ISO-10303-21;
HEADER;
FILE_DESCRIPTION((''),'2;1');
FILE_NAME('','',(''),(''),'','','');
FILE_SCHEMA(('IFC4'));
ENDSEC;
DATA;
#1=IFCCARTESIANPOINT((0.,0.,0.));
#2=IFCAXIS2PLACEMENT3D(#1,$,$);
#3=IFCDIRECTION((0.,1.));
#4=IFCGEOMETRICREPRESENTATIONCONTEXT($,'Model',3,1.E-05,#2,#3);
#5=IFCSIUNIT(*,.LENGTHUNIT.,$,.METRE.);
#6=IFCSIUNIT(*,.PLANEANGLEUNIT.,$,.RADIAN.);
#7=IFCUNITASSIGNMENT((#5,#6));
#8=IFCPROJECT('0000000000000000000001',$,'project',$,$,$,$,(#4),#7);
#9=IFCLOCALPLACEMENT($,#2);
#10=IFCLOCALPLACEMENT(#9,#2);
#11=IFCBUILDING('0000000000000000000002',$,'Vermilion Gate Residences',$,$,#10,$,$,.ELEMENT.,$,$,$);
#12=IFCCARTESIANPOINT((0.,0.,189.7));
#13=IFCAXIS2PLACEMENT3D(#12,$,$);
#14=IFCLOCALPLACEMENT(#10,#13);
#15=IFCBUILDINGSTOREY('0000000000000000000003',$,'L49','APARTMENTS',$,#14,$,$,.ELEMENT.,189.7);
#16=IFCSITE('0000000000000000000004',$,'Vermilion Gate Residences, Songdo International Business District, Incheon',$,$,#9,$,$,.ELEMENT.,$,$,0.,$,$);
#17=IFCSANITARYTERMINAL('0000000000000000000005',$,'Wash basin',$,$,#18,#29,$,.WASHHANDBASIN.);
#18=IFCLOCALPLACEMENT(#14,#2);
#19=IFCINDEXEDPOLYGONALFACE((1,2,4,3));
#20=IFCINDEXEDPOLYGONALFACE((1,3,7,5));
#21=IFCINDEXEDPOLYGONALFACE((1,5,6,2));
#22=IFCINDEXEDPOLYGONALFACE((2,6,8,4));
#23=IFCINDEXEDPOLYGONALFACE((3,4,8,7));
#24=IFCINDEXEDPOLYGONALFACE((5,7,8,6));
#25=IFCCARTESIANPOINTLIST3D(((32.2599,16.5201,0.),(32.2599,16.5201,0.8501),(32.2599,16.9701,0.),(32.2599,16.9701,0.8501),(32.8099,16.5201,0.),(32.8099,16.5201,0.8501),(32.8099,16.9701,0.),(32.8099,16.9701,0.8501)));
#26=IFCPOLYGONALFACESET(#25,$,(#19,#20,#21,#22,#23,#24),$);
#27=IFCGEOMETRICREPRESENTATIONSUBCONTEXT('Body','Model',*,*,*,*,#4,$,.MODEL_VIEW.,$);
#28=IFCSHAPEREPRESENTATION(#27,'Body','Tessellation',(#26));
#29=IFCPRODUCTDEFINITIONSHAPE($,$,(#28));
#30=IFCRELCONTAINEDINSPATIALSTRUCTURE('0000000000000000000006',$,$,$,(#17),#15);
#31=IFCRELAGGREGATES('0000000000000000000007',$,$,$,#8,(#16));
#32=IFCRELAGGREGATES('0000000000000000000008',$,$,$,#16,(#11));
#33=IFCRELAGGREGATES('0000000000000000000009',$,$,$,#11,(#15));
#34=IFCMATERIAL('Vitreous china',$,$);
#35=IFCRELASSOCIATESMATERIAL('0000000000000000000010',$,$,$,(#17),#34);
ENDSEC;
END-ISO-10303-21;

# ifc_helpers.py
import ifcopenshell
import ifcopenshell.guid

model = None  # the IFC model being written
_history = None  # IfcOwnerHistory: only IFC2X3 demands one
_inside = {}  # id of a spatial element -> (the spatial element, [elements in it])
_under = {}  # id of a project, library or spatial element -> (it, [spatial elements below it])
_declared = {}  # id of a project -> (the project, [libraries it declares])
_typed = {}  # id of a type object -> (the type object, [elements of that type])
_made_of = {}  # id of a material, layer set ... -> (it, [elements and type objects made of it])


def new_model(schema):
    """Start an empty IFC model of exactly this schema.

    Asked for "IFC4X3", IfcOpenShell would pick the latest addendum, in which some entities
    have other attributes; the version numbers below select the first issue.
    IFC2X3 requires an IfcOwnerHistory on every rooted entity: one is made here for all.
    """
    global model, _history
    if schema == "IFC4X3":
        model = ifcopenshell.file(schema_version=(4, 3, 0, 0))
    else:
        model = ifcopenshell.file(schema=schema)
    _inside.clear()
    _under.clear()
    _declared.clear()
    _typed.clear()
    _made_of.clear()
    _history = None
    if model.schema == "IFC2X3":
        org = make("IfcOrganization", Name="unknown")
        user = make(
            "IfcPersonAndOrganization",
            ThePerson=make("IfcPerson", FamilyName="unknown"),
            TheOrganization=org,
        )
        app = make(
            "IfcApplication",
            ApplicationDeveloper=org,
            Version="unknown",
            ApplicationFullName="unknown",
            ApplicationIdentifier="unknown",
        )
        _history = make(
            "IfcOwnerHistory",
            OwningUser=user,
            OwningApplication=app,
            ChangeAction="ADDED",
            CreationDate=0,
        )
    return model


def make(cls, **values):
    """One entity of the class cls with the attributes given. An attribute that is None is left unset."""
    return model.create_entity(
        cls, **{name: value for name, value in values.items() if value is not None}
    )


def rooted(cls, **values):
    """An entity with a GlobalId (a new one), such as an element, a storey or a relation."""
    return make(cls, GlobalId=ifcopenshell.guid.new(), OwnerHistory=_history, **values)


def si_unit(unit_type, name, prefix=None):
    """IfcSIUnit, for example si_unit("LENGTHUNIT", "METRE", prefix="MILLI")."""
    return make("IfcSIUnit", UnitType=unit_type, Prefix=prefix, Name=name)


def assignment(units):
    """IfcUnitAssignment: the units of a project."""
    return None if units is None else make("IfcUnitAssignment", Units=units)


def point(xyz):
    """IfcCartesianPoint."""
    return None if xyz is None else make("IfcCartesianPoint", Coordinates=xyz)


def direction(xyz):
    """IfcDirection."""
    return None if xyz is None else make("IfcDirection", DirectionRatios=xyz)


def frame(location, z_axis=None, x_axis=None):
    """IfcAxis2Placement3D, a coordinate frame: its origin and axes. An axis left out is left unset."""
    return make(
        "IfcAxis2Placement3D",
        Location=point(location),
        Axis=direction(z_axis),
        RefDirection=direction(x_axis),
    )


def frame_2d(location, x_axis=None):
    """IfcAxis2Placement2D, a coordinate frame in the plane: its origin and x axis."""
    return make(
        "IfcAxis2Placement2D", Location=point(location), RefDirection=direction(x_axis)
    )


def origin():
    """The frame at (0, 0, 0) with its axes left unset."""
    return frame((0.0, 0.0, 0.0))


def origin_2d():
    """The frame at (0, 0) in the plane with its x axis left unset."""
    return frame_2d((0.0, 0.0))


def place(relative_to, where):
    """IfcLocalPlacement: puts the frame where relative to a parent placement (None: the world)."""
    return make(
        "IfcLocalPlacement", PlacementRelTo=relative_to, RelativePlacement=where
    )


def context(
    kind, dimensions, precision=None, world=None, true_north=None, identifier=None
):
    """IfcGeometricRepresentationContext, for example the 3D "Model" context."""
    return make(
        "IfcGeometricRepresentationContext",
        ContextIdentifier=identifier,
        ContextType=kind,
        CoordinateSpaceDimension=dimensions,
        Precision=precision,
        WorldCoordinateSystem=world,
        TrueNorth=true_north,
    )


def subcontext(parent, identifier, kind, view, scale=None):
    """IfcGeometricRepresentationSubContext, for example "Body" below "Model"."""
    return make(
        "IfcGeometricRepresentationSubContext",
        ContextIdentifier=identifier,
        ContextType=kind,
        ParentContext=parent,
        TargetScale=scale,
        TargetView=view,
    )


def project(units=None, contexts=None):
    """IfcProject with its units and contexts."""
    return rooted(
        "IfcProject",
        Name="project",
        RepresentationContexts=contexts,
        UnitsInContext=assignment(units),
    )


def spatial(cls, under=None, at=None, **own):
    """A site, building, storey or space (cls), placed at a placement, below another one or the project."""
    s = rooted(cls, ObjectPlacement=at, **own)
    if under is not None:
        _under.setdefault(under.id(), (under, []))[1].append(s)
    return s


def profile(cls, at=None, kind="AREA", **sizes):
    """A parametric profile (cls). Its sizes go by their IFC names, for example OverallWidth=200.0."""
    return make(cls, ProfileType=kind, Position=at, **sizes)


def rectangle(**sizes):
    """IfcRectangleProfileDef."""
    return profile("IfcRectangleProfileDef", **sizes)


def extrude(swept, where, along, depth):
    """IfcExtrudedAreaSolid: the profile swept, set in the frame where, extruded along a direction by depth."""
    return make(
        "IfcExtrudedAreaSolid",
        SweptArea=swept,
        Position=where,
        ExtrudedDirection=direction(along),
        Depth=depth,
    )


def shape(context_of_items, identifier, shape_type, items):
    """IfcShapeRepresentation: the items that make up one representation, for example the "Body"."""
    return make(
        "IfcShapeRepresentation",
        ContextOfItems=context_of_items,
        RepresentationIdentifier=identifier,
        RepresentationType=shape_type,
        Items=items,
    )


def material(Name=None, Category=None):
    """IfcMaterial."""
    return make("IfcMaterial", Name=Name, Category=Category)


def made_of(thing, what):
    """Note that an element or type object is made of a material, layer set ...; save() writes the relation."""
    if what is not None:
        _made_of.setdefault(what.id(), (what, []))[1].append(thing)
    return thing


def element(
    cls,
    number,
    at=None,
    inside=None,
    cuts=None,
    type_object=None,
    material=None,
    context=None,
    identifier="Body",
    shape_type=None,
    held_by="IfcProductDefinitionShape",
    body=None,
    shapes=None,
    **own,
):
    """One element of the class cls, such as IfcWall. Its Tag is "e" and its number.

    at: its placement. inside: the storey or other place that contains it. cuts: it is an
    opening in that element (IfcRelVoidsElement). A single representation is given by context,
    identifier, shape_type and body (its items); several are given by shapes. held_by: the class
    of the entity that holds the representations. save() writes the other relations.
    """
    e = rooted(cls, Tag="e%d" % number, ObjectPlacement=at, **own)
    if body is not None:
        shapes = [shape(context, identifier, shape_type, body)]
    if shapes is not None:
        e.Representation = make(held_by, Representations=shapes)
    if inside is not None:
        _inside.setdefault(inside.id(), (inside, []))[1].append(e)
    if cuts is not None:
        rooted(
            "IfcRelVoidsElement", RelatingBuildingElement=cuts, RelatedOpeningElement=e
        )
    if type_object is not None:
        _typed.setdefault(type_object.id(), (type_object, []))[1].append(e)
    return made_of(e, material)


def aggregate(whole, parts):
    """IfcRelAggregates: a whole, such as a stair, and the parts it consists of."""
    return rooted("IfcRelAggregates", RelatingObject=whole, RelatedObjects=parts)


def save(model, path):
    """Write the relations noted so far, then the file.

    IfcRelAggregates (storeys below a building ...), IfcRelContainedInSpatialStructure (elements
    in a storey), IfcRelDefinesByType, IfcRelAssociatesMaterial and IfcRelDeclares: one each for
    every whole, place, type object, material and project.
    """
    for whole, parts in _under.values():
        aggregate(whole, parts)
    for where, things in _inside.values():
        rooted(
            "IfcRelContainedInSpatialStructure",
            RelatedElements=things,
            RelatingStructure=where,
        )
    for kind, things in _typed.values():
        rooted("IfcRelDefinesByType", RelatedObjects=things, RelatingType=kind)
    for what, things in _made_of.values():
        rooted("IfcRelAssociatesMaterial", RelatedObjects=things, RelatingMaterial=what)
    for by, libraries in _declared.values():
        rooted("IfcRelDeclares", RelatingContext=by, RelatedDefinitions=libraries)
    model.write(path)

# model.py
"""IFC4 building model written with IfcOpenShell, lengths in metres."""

from ifc_helpers import new_model, si_unit, direction, frame, origin, origin_2d, place, context, subcontext, project, spatial, rectangle, extrude, material, element, save


model = new_model("IFC4")

# Units and contexts
model_context = context("Model", 3, precision=1e-05, world=origin(), true_north=direction((0.0, 1.0)))
body_context = subcontext(model_context, "Body", "Model", "MODEL_VIEW")
ifc_project = project(units=[si_unit("LENGTHUNIT", "METRE"), si_unit("PLANEANGLEUNIT", "RADIAN")], contexts=[model_context])

# Site, building, storey
site_placement = place(None, origin())
site = spatial("IfcSite", under=ifc_project, at=site_placement, Name="Vermilion Gate Residences, Songdo International Business District, Incheon", CompositionType="ELEMENT", RefElevation=0.0)
building_placement = place(site_placement, origin())
building = spatial("IfcBuilding", under=site, at=building_placement, Name="Vermilion Gate Residences", CompositionType="ELEMENT")
storey_placement = place(building_placement, frame((0.0, 0.0, 189.7)))
storey = spatial("IfcBuildingStorey", under=building, at=storey_placement, Name="L49", Description="APARTMENTS", CompositionType="ELEMENT", Elevation=189.7)

# Sanitary terminal
ifc_material_1 = material(Name="Vitreous china")
for number, where, z_axis, x_axis, name in (
    (1, (32.5349, 16.7451, 0.0), (0.0, 0.0, 1.0), (1.0, 0.0, 0.0), "Wash basin"),
):
    element("IfcSanitaryTerminal", number, at=place(storey_placement, frame(where, z_axis=z_axis, x_axis=x_axis)), inside=storey, material=ifc_material_1, Name=name, PredefinedType="WASHHANDBASIN", context=body_context, shape_type="SweptSolid", body=[
        extrude(rectangle(XDim=0.55, YDim=0.45, at=origin_2d()), origin(), (0.0, 0.0, 1.0), 0.8501),
    ])

save(model, "model.ifc")
